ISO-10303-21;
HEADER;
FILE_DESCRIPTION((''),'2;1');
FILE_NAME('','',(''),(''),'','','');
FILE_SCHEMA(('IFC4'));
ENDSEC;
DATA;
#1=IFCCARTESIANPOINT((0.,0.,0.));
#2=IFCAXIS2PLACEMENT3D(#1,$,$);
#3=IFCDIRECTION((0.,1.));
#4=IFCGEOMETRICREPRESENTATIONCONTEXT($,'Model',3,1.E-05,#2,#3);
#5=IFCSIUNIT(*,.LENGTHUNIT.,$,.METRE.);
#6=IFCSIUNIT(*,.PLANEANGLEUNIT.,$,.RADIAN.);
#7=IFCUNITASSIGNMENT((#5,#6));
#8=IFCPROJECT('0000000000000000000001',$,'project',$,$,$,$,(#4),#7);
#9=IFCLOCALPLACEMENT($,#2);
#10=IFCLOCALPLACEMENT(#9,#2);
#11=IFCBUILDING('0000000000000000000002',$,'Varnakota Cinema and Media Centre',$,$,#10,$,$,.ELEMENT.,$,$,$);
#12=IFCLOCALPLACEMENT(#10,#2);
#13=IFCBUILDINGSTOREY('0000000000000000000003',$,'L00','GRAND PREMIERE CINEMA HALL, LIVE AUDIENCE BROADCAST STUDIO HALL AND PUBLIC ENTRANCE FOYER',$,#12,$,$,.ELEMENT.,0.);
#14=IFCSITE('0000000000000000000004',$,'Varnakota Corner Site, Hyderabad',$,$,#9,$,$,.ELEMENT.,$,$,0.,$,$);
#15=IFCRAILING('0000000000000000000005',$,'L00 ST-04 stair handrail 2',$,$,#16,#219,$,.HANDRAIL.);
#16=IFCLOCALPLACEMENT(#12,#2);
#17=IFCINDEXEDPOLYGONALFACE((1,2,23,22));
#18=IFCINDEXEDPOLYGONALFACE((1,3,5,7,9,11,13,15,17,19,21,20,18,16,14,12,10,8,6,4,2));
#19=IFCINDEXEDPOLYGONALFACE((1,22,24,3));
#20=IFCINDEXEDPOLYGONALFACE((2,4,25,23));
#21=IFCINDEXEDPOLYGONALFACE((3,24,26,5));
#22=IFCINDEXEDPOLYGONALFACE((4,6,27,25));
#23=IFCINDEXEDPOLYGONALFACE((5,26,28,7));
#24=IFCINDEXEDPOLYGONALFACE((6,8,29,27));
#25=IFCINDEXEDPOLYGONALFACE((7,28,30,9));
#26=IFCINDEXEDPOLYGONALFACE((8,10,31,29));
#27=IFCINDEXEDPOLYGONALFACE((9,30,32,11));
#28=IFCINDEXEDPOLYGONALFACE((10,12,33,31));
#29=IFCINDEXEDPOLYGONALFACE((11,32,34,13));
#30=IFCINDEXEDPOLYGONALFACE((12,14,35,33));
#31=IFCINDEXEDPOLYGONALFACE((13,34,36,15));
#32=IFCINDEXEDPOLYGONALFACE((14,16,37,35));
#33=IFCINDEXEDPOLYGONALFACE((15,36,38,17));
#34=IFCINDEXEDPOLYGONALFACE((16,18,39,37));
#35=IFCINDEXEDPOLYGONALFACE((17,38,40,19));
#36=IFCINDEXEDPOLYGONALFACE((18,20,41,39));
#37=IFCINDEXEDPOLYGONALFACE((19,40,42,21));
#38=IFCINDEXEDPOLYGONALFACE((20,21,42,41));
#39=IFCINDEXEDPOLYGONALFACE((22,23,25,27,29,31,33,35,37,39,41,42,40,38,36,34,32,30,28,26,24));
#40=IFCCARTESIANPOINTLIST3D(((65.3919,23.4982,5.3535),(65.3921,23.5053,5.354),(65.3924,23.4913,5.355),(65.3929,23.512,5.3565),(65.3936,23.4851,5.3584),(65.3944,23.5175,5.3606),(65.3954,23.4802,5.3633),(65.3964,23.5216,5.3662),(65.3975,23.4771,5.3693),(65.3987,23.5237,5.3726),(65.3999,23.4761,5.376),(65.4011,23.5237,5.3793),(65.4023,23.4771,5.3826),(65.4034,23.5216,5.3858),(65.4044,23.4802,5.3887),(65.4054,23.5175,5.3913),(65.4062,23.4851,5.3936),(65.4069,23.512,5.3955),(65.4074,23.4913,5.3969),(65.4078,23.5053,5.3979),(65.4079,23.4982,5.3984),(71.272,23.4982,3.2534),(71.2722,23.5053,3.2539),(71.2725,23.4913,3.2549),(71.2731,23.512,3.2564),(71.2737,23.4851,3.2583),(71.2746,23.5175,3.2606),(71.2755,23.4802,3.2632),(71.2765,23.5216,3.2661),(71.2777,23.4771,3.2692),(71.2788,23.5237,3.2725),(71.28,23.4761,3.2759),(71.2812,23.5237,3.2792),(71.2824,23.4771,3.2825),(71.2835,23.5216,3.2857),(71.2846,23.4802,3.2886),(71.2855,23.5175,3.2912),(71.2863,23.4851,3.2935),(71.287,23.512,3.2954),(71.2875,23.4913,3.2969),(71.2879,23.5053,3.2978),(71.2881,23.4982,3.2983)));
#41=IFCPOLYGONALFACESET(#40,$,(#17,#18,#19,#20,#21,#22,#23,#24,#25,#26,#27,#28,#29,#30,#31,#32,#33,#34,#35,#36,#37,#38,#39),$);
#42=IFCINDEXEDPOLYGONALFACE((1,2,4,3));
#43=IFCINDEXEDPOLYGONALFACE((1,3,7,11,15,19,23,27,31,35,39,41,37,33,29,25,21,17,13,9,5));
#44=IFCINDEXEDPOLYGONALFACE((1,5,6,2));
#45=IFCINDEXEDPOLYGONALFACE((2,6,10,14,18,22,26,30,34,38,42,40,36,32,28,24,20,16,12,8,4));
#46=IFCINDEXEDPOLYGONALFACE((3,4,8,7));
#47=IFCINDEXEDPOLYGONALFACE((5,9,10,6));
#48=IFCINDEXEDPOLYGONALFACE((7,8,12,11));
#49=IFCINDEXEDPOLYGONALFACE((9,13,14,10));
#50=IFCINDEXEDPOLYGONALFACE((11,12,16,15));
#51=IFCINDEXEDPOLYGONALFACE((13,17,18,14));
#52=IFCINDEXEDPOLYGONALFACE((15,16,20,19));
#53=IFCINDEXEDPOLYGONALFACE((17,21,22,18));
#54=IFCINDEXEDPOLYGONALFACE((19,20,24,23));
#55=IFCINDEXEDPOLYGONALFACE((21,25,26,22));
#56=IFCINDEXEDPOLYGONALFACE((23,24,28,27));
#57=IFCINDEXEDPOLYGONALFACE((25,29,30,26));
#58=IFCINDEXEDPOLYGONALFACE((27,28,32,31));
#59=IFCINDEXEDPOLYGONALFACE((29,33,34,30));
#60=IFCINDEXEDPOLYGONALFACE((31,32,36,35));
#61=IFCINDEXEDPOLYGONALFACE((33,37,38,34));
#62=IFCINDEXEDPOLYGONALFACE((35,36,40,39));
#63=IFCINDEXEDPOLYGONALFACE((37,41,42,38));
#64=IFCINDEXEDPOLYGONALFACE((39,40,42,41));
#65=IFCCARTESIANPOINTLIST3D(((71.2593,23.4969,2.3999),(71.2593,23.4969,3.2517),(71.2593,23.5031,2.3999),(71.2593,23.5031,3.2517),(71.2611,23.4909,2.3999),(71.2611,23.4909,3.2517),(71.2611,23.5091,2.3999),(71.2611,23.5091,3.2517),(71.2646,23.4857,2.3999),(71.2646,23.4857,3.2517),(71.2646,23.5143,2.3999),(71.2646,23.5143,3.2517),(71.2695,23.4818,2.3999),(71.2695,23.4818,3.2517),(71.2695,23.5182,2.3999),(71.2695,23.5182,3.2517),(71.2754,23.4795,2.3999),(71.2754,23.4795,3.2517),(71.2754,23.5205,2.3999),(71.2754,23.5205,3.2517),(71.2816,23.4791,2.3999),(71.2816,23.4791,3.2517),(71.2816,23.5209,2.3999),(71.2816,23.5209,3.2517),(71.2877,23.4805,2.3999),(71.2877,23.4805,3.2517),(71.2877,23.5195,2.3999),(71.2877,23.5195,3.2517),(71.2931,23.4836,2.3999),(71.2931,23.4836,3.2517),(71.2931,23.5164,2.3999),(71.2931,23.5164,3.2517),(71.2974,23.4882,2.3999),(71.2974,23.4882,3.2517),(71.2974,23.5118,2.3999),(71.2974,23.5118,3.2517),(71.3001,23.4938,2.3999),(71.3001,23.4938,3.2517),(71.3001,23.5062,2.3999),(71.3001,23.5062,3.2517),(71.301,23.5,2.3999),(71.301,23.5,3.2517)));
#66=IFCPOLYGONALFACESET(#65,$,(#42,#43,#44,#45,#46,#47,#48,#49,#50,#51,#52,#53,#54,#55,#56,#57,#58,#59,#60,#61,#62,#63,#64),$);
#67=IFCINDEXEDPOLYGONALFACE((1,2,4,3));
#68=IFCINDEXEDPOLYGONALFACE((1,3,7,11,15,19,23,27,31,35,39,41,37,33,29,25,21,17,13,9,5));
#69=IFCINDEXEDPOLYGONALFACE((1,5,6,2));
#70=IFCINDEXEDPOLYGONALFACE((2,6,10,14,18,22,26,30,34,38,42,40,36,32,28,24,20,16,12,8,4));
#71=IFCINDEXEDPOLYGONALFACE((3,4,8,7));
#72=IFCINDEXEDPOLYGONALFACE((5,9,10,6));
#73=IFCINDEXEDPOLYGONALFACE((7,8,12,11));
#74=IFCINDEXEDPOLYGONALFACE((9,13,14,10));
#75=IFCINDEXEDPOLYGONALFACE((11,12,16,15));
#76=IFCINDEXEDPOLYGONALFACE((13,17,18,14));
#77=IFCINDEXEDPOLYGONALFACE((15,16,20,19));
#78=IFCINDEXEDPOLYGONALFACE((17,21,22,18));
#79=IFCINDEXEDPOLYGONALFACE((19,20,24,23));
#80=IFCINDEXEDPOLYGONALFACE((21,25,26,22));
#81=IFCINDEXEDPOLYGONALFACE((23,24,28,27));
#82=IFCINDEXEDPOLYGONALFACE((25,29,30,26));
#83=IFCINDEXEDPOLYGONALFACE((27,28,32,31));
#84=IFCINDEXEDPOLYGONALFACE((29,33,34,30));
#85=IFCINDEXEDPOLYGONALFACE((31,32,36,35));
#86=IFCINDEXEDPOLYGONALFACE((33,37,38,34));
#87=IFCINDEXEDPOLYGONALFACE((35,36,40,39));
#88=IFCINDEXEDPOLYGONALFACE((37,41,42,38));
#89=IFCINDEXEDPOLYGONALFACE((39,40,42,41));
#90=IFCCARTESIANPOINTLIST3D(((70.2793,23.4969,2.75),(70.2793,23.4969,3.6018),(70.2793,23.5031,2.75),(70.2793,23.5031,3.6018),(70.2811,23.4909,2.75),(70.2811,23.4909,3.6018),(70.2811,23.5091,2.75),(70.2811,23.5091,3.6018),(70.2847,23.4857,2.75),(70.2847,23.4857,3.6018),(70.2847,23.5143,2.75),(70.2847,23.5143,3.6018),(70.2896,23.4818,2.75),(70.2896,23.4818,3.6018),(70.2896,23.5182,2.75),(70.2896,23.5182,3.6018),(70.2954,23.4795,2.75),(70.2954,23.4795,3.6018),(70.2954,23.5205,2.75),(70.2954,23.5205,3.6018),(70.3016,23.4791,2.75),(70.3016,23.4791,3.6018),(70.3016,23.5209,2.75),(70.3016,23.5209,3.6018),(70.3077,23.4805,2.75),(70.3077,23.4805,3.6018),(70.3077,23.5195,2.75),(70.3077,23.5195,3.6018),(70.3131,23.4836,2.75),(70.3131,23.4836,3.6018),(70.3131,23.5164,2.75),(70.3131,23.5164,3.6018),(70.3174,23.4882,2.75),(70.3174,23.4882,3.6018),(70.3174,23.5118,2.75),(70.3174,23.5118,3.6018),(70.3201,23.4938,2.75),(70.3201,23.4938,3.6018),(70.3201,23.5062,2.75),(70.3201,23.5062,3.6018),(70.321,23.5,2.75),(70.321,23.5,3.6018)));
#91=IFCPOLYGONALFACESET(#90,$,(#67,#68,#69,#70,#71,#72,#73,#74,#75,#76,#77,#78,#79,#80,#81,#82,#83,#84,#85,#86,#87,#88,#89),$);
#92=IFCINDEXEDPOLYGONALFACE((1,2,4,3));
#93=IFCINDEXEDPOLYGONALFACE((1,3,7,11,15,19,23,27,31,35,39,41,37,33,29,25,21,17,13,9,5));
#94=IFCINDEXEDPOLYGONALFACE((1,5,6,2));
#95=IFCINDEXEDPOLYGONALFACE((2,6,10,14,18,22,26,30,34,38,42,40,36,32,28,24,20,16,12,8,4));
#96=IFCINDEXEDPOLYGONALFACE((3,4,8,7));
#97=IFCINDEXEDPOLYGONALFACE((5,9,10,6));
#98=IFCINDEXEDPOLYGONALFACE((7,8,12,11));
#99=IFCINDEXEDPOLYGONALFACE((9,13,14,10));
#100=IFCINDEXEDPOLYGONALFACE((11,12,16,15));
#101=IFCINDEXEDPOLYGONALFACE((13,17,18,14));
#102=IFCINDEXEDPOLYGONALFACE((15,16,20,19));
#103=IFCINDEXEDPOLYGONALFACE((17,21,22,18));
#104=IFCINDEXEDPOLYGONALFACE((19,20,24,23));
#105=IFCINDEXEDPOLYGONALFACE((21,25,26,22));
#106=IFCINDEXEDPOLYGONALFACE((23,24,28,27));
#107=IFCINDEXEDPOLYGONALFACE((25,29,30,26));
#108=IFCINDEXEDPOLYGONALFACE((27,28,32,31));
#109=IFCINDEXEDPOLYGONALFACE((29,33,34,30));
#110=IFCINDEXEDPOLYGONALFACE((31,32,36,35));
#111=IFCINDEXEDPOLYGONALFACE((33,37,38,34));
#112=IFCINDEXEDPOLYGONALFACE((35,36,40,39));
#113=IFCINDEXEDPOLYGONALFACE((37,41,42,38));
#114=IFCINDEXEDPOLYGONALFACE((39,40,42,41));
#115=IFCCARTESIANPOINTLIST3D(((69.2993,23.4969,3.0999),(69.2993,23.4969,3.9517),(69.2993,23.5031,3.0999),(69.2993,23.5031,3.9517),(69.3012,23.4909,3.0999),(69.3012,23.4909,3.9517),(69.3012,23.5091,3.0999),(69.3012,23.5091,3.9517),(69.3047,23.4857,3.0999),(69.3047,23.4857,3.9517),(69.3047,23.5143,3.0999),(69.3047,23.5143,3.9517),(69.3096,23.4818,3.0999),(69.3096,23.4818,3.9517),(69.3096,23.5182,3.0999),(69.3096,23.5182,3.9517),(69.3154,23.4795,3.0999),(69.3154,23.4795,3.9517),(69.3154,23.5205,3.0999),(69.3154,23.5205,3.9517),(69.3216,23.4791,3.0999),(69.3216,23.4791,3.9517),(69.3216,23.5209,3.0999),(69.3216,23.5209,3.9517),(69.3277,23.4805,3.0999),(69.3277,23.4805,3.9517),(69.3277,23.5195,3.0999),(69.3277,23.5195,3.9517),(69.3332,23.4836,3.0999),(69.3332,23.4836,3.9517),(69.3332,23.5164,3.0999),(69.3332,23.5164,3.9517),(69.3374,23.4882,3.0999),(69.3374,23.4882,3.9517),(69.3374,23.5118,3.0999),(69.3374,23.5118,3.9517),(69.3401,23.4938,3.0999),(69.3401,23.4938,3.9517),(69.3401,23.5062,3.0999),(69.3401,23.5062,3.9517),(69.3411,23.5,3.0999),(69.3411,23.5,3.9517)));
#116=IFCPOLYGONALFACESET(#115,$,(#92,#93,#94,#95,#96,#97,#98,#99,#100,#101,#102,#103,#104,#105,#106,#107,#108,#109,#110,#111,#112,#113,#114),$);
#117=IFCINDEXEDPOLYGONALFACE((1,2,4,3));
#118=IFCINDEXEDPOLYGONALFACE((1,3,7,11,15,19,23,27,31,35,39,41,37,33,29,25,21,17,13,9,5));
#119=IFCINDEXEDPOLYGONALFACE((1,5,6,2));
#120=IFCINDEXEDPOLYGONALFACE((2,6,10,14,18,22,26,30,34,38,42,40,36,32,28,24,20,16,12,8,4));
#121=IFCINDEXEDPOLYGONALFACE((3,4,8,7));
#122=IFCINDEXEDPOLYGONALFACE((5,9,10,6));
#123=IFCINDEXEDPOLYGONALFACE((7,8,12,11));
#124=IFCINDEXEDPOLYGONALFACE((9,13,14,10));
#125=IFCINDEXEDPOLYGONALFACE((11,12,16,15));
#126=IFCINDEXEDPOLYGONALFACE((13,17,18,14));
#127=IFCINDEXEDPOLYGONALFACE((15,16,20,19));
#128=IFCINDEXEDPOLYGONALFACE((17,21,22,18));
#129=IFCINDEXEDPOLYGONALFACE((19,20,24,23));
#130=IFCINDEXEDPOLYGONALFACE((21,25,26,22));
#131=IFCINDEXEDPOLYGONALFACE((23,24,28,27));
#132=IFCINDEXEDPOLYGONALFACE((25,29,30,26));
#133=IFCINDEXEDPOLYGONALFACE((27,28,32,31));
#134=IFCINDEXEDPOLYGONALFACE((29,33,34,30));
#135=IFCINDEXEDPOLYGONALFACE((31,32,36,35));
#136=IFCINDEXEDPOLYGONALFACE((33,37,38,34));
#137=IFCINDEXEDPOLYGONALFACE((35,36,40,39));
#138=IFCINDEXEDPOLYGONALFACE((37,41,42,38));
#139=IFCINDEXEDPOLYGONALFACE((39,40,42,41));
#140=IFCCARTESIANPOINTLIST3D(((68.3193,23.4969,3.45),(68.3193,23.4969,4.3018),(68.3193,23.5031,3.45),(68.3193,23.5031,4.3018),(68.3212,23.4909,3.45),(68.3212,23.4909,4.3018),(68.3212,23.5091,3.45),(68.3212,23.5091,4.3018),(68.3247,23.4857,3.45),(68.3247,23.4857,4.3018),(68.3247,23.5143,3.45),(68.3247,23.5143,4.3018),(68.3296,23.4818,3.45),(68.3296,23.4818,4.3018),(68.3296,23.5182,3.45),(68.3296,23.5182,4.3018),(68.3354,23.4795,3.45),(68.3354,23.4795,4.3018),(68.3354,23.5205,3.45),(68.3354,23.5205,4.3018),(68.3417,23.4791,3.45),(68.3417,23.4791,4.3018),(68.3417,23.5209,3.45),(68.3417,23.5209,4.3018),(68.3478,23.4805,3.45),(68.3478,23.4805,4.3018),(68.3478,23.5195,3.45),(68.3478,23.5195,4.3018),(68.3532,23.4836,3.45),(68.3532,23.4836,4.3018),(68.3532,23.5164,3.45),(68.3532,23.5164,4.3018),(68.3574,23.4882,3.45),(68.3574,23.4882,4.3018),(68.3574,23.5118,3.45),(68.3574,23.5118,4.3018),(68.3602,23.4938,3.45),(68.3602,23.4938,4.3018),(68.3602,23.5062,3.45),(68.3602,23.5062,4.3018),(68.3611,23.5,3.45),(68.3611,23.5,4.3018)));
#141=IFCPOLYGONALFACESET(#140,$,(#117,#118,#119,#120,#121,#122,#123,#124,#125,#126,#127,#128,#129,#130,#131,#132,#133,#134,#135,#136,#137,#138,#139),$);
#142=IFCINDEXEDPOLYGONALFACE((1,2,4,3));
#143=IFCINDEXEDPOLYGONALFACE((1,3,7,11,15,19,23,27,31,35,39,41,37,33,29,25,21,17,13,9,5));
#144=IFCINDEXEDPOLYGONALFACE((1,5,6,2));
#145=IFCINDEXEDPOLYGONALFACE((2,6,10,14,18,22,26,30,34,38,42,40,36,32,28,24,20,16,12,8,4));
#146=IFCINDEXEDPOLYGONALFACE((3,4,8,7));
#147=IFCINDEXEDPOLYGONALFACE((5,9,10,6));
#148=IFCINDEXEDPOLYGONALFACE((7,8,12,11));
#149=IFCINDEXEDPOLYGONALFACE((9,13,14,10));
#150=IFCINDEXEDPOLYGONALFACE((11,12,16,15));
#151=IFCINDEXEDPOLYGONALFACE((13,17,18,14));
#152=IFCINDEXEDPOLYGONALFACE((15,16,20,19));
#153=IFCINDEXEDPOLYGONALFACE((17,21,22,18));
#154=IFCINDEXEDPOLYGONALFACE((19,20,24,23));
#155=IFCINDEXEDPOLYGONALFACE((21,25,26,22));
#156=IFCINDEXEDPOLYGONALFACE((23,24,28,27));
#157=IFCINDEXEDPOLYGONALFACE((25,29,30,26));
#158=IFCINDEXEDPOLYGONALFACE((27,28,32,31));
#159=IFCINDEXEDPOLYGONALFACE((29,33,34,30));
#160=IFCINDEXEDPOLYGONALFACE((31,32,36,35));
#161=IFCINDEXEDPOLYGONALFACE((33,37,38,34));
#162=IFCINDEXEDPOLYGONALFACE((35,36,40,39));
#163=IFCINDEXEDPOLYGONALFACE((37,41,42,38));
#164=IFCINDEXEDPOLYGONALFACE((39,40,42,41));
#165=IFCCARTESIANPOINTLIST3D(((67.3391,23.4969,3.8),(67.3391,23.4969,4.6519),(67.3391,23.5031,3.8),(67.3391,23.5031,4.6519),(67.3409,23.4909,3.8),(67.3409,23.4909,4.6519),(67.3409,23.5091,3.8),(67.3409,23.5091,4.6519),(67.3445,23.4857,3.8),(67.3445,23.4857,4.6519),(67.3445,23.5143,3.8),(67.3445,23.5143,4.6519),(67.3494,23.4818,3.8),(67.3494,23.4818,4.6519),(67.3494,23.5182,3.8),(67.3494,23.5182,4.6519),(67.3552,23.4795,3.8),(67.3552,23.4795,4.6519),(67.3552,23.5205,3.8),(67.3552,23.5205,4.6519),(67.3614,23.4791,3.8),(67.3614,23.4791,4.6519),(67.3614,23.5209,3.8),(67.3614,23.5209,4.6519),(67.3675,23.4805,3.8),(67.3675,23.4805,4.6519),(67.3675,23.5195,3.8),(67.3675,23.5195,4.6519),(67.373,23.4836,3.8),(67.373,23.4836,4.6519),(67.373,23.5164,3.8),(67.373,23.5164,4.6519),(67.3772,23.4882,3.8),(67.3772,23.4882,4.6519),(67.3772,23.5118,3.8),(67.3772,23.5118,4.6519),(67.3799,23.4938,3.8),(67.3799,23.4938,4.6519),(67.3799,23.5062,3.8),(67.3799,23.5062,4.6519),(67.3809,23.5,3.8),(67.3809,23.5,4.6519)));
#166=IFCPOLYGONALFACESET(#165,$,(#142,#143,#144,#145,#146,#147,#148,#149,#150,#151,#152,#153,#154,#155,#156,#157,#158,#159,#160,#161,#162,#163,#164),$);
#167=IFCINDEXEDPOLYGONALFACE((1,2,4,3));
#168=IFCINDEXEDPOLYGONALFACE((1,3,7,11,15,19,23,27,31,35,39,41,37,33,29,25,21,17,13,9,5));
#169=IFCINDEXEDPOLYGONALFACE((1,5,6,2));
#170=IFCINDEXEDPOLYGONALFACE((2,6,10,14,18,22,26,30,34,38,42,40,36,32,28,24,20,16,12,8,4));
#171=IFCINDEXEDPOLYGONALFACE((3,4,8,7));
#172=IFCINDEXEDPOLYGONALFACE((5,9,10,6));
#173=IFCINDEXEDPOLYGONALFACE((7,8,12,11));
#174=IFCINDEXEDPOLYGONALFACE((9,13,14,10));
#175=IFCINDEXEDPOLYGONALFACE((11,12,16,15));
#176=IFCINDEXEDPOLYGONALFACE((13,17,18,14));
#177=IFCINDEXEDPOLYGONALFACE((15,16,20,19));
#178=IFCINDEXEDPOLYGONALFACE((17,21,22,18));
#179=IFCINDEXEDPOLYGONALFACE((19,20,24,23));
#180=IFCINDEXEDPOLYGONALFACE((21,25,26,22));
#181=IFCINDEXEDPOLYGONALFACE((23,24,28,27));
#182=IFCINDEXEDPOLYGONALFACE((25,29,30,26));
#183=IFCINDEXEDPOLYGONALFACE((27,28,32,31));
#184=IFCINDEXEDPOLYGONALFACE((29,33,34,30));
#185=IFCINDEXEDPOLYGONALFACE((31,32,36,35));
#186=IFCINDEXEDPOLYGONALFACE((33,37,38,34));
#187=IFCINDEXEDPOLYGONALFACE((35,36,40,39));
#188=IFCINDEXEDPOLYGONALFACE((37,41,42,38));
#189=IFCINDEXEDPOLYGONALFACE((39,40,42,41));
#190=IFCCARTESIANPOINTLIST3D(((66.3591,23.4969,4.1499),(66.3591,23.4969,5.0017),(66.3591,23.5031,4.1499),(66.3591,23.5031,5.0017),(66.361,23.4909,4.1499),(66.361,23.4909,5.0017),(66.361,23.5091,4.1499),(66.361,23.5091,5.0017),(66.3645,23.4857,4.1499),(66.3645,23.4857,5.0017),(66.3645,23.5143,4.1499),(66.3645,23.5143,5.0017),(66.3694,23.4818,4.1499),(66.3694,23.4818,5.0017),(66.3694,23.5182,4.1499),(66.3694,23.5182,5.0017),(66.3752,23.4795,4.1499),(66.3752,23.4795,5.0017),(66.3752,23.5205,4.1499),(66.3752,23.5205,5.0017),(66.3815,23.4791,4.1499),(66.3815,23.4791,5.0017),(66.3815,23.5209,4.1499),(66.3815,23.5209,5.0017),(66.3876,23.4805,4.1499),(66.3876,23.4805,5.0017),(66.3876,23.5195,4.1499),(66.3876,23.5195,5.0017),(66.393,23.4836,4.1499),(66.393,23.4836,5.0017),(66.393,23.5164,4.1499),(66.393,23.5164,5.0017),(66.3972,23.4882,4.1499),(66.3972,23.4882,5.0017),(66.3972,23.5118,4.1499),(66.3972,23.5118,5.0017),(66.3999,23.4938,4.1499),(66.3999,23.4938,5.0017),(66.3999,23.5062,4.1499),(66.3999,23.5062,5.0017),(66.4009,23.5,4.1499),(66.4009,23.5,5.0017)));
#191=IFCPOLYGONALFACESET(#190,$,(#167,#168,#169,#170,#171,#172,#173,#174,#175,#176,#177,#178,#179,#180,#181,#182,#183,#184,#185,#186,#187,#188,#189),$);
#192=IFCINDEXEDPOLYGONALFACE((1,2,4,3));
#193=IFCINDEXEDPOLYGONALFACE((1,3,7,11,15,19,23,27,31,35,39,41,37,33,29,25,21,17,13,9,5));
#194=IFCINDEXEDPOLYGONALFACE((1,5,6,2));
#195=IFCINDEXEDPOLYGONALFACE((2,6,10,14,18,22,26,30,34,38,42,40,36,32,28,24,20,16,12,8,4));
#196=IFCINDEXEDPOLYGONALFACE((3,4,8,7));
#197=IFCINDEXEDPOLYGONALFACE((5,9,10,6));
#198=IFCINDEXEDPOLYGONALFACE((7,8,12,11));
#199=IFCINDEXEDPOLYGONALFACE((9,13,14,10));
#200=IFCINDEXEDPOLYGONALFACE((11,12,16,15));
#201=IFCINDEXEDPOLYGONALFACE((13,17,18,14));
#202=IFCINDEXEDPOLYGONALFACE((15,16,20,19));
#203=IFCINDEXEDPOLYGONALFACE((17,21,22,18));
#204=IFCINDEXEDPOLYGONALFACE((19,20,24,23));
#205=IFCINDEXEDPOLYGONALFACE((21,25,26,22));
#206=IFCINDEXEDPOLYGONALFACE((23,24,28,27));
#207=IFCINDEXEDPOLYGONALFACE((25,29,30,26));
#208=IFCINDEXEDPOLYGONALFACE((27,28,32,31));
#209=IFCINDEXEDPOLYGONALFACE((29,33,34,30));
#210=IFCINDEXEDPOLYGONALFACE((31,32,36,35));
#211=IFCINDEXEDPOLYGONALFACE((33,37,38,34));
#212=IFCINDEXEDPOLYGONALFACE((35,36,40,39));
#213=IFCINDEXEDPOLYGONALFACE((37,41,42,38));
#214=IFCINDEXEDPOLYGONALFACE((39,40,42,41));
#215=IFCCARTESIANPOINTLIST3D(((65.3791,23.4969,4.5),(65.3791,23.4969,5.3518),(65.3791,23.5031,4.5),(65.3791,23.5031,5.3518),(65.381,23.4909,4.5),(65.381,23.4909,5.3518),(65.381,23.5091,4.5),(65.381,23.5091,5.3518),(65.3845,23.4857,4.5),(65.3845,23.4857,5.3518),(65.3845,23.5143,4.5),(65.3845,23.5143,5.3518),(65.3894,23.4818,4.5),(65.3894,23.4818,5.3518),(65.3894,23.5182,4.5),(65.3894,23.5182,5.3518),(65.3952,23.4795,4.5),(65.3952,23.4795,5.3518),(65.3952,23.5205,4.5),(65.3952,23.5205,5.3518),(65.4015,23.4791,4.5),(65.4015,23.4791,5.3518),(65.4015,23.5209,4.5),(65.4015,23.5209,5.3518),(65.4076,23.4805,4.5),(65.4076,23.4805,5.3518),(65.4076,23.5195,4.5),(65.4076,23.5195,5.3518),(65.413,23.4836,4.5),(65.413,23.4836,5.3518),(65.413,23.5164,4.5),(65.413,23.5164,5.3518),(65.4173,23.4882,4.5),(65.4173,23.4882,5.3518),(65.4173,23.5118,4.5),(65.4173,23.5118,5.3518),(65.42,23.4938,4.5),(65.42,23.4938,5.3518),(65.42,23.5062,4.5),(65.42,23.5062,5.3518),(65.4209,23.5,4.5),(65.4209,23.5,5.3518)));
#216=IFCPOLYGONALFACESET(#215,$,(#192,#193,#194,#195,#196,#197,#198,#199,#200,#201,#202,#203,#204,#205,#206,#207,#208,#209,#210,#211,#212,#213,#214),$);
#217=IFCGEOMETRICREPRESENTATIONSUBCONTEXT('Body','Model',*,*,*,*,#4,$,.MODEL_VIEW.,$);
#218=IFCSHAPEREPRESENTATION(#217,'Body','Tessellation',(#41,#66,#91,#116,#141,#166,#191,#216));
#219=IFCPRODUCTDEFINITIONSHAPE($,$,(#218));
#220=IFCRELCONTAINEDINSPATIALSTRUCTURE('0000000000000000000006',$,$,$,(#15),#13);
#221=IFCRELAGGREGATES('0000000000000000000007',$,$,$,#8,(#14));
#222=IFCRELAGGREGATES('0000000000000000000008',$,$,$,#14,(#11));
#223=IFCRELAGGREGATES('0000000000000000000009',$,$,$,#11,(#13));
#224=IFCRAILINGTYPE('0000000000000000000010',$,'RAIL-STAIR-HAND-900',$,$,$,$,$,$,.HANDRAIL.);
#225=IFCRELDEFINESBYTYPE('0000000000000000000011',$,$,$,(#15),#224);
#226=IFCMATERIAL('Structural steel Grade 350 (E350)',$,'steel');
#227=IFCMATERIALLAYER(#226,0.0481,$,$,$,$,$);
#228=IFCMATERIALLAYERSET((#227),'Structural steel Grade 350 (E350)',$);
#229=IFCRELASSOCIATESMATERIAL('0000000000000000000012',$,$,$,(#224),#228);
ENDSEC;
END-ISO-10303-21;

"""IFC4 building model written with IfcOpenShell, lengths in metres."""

from ifc_helpers import new_model, si_unit, direction, frame, origin, origin_2d, place, context, subcontext, project, spatial, circle, extrude, material, layer, layer_set, type_object, element, save


model = new_model("IFC4")

# Units and contexts
model_context = context("Model", 3, precision=1e-05, world=origin(), true_north=direction((0.0, 1.0)))
body_context = subcontext(model_context, "Body", "Model", "MODEL_VIEW")
ifc_project = project(units=[si_unit("LENGTHUNIT", "METRE"), si_unit("PLANEANGLEUNIT", "RADIAN")], contexts=[model_context])

# Site, building, storey
site_placement = place(None, origin())
site = spatial("IfcSite", under=ifc_project, at=site_placement, Name="Varnakota Corner Site, Hyderabad", CompositionType="ELEMENT", RefElevation=0.0)
building_placement = place(site_placement, origin())
building = spatial("IfcBuilding", under=site, at=building_placement, Name="Varnakota Cinema and Media Centre", CompositionType="ELEMENT")
storey_placement = place(building_placement, origin())
storey = spatial("IfcBuildingStorey", under=building, at=storey_placement, Name="L00", Description="GRAND PREMIERE CINEMA HALL, LIVE AUDIENCE BROADCAST STUDIO HALL AND PUBLIC ENTRANCE FOYER", CompositionType="ELEMENT", Elevation=0.0)

# Railing
ifc_material_1 = material(Name="Structural steel Grade 350 (E350)", Category="steel")
ifc_layer_1 = layer(ifc_material_1, 0.0481)
ifc_layer_set_1 = layer_set([ifc_layer_1], Name="Structural steel Grade 350 (E350)")
railing_type_1 = type_object("IfcRailingType", Name="RAIL-STAIR-HAND-900", PredefinedType="HANDRAIL", material=ifc_layer_set_1)
railing_1_placement = place(storey_placement, frame((71.28, 23.5, 2.3999)))
element("IfcRailing", 1, at=railing_1_placement, inside=storey, type_object=railing_type_1, Name="L00 ST-04 stair handrail 2", PredefinedType="HANDRAIL", context=body_context, shape_type="SweptSolid", body=[
    extrude(circle(Radius=0.0239, at=origin_2d()), frame((0.0, 0.0, 0.876), z_axis=(-0.941739, 0.0, 0.336344), x_axis=(0.0, -1.0, 0.0)), (0.0, 0.0, 1.0), 6.2439),
    extrude(circle(Radius=0.021, at=origin_2d()), origin(), (0.0, 0.0, 1.0), 0.8518),
    extrude(circle(Radius=0.021, at=origin_2d()), frame((-0.98, 0.0, 0.3501)), (0.0, 0.0, 1.0), 0.8518),
    extrude(circle(Radius=0.021, at=origin_2d()), frame((-1.96, 0.0, 0.7)), (0.0, 0.0, 1.0), 0.8518),
    extrude(circle(Radius=0.021, at=origin_2d()), frame((-2.9399, 0.0, 1.05)), (0.0, 0.0, 1.0), 0.8518),
    extrude(circle(Radius=0.021, at=origin_2d()), frame((-3.9202, 0.0, 1.4001)), (0.0, 0.0, 1.0), 0.8518),
    extrude(circle(Radius=0.021, at=origin_2d()), frame((-4.9001, 0.0, 1.75)), (0.0, 0.0, 1.0), 0.8518),
    extrude(circle(Radius=0.021, at=origin_2d()), frame((-5.8801, 0.0, 2.1001)), (0.0, 0.0, 1.0), 0.8518),
])

save(model, "model.ifc")
